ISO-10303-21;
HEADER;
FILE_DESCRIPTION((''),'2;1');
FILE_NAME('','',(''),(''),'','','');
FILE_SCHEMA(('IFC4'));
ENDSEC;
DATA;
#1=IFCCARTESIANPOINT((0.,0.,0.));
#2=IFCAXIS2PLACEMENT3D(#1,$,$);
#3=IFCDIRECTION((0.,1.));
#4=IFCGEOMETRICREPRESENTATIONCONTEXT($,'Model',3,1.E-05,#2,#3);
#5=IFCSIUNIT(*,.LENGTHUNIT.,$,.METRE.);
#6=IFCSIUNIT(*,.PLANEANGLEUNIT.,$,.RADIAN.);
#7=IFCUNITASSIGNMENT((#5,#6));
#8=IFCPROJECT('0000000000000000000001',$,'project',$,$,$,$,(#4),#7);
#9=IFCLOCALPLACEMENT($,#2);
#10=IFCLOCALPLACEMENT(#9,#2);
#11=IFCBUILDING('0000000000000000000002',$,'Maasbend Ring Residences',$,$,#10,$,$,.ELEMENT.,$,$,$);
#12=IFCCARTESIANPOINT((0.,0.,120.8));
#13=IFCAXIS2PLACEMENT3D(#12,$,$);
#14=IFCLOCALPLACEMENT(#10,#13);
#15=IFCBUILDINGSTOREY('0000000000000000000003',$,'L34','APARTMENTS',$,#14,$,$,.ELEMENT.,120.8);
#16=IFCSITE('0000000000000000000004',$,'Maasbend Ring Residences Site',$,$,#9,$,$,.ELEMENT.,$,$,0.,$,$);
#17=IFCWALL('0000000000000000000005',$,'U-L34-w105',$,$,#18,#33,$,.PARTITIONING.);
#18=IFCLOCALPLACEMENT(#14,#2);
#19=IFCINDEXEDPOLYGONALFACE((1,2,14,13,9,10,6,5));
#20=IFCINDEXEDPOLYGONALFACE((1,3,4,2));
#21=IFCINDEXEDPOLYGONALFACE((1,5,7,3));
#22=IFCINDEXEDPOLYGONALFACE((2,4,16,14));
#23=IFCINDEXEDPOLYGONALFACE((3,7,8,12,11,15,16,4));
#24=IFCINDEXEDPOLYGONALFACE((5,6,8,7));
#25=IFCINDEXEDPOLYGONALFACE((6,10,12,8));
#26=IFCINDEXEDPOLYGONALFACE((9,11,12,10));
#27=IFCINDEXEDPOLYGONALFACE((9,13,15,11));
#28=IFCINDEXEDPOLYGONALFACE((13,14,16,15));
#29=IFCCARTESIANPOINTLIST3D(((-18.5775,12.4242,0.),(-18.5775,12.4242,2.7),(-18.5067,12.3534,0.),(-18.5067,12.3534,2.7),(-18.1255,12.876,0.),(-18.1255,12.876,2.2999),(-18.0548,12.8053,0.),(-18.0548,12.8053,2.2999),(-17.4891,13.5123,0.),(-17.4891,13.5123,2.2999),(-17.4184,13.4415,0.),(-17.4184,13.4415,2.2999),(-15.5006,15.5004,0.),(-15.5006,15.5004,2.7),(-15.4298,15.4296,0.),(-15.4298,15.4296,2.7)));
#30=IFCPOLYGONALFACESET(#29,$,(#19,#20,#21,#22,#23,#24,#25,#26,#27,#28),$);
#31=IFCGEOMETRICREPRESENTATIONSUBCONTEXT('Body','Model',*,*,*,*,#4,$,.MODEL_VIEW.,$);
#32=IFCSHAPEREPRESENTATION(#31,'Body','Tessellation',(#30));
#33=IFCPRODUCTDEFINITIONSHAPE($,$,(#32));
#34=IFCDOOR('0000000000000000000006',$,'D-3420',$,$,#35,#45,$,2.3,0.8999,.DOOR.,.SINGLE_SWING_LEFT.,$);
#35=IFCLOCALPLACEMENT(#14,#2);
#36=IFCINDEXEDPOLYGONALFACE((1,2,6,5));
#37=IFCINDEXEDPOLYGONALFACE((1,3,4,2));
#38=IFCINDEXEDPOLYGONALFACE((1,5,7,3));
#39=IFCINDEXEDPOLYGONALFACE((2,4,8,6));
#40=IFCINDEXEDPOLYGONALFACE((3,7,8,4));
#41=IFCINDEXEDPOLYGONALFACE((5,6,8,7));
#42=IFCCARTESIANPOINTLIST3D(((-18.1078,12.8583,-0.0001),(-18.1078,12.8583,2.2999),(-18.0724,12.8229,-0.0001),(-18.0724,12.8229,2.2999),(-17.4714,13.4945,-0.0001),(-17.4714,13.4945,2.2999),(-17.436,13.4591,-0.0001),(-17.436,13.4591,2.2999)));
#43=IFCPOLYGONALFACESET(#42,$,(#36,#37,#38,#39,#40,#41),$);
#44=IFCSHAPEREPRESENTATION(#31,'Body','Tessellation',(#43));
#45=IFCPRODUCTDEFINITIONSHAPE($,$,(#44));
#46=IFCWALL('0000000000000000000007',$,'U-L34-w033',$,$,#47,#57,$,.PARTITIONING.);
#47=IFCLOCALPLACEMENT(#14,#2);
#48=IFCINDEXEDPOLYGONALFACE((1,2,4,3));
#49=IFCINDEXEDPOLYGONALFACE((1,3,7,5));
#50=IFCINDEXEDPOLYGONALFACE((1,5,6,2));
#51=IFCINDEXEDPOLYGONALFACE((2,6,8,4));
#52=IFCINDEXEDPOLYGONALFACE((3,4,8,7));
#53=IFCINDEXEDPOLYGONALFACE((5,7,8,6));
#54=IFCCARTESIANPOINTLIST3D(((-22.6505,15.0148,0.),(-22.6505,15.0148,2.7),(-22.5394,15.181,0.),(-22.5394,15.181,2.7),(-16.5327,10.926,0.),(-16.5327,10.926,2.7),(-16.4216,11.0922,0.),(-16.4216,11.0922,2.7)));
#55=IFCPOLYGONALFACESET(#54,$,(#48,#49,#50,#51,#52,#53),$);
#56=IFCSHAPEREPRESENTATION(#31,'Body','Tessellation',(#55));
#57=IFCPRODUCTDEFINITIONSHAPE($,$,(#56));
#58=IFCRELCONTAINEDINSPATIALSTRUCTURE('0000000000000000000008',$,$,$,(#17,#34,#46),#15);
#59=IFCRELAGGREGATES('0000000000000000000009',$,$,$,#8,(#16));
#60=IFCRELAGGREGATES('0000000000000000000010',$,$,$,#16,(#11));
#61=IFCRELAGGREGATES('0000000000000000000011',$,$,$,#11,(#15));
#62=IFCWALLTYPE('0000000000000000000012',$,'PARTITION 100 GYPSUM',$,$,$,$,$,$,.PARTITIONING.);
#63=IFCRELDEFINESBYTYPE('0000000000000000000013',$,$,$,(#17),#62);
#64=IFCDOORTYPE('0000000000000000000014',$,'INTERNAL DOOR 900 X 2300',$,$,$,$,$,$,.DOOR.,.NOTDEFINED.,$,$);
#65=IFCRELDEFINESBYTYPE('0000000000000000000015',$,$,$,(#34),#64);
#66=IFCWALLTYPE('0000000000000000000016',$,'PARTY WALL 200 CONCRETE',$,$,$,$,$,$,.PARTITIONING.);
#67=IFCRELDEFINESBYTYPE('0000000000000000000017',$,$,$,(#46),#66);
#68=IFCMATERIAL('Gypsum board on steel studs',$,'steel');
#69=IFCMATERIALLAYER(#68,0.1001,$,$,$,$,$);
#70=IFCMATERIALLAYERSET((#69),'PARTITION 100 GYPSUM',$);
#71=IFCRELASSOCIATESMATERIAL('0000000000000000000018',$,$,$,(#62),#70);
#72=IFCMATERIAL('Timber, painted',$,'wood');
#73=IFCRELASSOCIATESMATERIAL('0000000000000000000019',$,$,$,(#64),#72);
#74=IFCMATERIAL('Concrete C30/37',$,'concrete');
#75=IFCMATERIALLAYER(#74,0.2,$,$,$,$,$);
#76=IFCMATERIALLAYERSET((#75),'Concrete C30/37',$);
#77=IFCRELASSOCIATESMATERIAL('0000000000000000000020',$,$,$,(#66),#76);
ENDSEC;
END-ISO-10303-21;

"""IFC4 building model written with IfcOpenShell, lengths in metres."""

from ifc_helpers import new_model, si_unit, direction, frame, frame_2d, origin, place, context, subcontext, project, spatial, rectangle, extrude, material, layer, layer_set, type_object, element, fill, save


model = new_model("IFC4")

# Units and contexts
model_context = context("Model", 3, precision=1e-05, world=origin(), true_north=direction((0.0, 1.0)))
body_context = subcontext(model_context, "Body", "Model", "MODEL_VIEW")
ifc_project = project(units=[si_unit("LENGTHUNIT", "METRE"), si_unit("PLANEANGLEUNIT", "RADIAN")], contexts=[model_context])

# Site, building, storey
site_placement = place(None, origin())
site = spatial("IfcSite", under=ifc_project, at=site_placement, Name="Maasbend Ring Residences Site", CompositionType="ELEMENT", RefElevation=0.0)
building_placement = place(site_placement, origin())
building = spatial("IfcBuilding", under=site, at=building_placement, Name="Maasbend Ring Residences", CompositionType="ELEMENT")
storey_placement = place(building_placement, frame((0.0, 0.0, 120.8)))
storey = spatial("IfcBuildingStorey", under=building, at=storey_placement, Name="L34", Description="APARTMENTS", CompositionType="ELEMENT", Elevation=120.8)

# Shared definitions
ifc_material_1 = material(Name="Gypsum board on steel studs", Category="steel")
ifc_layer_1 = layer(ifc_material_1, 0.1001)
ifc_layer_set_1 = layer_set([ifc_layer_1], Name="PARTITION 100 GYPSUM")
wall_type_1 = type_object("IfcWallType", Name="PARTITION 100 GYPSUM", PredefinedType="PARTITIONING", material=ifc_layer_set_1)

# Wall, opening, door
ifc_material_2 = material(Name="Timber, painted", Category="wood")
door_type_1 = type_object("IfcDoorType", Name="INTERNAL DOOR 900 X 2300", OperationType="NOTDEFINED", PredefinedType="DOOR", material=ifc_material_2)
wall_1_placement = place(storey_placement, frame((-18.542, 12.3889, 0.0), z_axis=(0.0, 0.0, 1.0), x_axis=(0.707191, 0.707023, 0.0)))
wall_1 = element("IfcWall", 1, at=wall_1_placement, inside=storey, type_object=wall_type_1, Name="U-L34-w105", PredefinedType="PARTITIONING", context=body_context, shape_type="SweptSolid", body=[
    extrude(rectangle(XDim=4.3508, YDim=0.1001, at=frame_2d((2.1753, 0.0))), origin(), (0.0, 0.0, 1.0), 2.7),
])
opening_1_placement = place(wall_1_placement, frame((0.6389, 0.0, 0.0)))
opening_1 = element("IfcOpeningElement", 2, at=opening_1_placement, cuts=wall_1, PredefinedType="OPENING", context=body_context, shape_type="SweptSolid", body=[
    extrude(rectangle(XDim=0.8999, YDim=2.3, at=frame_2d((0.45, 1.1499))), frame((0.0, 0.0601, 0.0), z_axis=(0.0, -1.0, 0.0), x_axis=(1.0, 0.0, 0.0)), (0.0, 0.0, 1.0), 0.1201),
])
door_1_placement = place(opening_1_placement, origin())
door_1 = element("IfcDoor", 3, at=door_1_placement, inside=storey, type_object=door_type_1, Name="D-3420", OperationType="SINGLE_SWING_LEFT", OverallHeight=2.3, OverallWidth=0.8999, PredefinedType="DOOR", context=body_context, shape_type="SweptSolid", body=[
    extrude(rectangle(XDim=0.8999, YDim=2.3, at=frame_2d((0.45, 1.1499))), frame((0.0, 0.0249, 0.0), z_axis=(0.0, -1.0, 0.0), x_axis=(1.0, 0.0, 0.0)), (0.0, 0.0, 1.0), 0.05),
])
fill(opening_1, door_1)

# Wall
ifc_material_3 = material(Name="Concrete C30/37", Category="concrete")
ifc_layer_2 = layer(ifc_material_3, 0.2)
ifc_layer_set_2 = layer_set([ifc_layer_2], Name="Concrete C30/37")
wall_type_2 = type_object("IfcWallType", Name="PARTY WALL 200 CONCRETE", PredefinedType="PARTITIONING", material=ifc_layer_set_2)
wall_2_placement = place(storey_placement, frame((-22.595, 15.0979, 0.0), z_axis=(0.0, 0.0, 1.0), x_axis=(0.831407, -0.555665, 0.0)))
element("IfcWall", 4, at=wall_2_placement, inside=storey, type_object=wall_type_2, Name="U-L34-w033", PredefinedType="PARTITIONING", context=body_context, shape_type="SweptSolid", body=[
    extrude(rectangle(XDim=7.3584, YDim=0.2, at=frame_2d((3.6792, 0.0))), origin(), (0.0, 0.0, 1.0), 2.7),
])

save(model, "model.ifc")
